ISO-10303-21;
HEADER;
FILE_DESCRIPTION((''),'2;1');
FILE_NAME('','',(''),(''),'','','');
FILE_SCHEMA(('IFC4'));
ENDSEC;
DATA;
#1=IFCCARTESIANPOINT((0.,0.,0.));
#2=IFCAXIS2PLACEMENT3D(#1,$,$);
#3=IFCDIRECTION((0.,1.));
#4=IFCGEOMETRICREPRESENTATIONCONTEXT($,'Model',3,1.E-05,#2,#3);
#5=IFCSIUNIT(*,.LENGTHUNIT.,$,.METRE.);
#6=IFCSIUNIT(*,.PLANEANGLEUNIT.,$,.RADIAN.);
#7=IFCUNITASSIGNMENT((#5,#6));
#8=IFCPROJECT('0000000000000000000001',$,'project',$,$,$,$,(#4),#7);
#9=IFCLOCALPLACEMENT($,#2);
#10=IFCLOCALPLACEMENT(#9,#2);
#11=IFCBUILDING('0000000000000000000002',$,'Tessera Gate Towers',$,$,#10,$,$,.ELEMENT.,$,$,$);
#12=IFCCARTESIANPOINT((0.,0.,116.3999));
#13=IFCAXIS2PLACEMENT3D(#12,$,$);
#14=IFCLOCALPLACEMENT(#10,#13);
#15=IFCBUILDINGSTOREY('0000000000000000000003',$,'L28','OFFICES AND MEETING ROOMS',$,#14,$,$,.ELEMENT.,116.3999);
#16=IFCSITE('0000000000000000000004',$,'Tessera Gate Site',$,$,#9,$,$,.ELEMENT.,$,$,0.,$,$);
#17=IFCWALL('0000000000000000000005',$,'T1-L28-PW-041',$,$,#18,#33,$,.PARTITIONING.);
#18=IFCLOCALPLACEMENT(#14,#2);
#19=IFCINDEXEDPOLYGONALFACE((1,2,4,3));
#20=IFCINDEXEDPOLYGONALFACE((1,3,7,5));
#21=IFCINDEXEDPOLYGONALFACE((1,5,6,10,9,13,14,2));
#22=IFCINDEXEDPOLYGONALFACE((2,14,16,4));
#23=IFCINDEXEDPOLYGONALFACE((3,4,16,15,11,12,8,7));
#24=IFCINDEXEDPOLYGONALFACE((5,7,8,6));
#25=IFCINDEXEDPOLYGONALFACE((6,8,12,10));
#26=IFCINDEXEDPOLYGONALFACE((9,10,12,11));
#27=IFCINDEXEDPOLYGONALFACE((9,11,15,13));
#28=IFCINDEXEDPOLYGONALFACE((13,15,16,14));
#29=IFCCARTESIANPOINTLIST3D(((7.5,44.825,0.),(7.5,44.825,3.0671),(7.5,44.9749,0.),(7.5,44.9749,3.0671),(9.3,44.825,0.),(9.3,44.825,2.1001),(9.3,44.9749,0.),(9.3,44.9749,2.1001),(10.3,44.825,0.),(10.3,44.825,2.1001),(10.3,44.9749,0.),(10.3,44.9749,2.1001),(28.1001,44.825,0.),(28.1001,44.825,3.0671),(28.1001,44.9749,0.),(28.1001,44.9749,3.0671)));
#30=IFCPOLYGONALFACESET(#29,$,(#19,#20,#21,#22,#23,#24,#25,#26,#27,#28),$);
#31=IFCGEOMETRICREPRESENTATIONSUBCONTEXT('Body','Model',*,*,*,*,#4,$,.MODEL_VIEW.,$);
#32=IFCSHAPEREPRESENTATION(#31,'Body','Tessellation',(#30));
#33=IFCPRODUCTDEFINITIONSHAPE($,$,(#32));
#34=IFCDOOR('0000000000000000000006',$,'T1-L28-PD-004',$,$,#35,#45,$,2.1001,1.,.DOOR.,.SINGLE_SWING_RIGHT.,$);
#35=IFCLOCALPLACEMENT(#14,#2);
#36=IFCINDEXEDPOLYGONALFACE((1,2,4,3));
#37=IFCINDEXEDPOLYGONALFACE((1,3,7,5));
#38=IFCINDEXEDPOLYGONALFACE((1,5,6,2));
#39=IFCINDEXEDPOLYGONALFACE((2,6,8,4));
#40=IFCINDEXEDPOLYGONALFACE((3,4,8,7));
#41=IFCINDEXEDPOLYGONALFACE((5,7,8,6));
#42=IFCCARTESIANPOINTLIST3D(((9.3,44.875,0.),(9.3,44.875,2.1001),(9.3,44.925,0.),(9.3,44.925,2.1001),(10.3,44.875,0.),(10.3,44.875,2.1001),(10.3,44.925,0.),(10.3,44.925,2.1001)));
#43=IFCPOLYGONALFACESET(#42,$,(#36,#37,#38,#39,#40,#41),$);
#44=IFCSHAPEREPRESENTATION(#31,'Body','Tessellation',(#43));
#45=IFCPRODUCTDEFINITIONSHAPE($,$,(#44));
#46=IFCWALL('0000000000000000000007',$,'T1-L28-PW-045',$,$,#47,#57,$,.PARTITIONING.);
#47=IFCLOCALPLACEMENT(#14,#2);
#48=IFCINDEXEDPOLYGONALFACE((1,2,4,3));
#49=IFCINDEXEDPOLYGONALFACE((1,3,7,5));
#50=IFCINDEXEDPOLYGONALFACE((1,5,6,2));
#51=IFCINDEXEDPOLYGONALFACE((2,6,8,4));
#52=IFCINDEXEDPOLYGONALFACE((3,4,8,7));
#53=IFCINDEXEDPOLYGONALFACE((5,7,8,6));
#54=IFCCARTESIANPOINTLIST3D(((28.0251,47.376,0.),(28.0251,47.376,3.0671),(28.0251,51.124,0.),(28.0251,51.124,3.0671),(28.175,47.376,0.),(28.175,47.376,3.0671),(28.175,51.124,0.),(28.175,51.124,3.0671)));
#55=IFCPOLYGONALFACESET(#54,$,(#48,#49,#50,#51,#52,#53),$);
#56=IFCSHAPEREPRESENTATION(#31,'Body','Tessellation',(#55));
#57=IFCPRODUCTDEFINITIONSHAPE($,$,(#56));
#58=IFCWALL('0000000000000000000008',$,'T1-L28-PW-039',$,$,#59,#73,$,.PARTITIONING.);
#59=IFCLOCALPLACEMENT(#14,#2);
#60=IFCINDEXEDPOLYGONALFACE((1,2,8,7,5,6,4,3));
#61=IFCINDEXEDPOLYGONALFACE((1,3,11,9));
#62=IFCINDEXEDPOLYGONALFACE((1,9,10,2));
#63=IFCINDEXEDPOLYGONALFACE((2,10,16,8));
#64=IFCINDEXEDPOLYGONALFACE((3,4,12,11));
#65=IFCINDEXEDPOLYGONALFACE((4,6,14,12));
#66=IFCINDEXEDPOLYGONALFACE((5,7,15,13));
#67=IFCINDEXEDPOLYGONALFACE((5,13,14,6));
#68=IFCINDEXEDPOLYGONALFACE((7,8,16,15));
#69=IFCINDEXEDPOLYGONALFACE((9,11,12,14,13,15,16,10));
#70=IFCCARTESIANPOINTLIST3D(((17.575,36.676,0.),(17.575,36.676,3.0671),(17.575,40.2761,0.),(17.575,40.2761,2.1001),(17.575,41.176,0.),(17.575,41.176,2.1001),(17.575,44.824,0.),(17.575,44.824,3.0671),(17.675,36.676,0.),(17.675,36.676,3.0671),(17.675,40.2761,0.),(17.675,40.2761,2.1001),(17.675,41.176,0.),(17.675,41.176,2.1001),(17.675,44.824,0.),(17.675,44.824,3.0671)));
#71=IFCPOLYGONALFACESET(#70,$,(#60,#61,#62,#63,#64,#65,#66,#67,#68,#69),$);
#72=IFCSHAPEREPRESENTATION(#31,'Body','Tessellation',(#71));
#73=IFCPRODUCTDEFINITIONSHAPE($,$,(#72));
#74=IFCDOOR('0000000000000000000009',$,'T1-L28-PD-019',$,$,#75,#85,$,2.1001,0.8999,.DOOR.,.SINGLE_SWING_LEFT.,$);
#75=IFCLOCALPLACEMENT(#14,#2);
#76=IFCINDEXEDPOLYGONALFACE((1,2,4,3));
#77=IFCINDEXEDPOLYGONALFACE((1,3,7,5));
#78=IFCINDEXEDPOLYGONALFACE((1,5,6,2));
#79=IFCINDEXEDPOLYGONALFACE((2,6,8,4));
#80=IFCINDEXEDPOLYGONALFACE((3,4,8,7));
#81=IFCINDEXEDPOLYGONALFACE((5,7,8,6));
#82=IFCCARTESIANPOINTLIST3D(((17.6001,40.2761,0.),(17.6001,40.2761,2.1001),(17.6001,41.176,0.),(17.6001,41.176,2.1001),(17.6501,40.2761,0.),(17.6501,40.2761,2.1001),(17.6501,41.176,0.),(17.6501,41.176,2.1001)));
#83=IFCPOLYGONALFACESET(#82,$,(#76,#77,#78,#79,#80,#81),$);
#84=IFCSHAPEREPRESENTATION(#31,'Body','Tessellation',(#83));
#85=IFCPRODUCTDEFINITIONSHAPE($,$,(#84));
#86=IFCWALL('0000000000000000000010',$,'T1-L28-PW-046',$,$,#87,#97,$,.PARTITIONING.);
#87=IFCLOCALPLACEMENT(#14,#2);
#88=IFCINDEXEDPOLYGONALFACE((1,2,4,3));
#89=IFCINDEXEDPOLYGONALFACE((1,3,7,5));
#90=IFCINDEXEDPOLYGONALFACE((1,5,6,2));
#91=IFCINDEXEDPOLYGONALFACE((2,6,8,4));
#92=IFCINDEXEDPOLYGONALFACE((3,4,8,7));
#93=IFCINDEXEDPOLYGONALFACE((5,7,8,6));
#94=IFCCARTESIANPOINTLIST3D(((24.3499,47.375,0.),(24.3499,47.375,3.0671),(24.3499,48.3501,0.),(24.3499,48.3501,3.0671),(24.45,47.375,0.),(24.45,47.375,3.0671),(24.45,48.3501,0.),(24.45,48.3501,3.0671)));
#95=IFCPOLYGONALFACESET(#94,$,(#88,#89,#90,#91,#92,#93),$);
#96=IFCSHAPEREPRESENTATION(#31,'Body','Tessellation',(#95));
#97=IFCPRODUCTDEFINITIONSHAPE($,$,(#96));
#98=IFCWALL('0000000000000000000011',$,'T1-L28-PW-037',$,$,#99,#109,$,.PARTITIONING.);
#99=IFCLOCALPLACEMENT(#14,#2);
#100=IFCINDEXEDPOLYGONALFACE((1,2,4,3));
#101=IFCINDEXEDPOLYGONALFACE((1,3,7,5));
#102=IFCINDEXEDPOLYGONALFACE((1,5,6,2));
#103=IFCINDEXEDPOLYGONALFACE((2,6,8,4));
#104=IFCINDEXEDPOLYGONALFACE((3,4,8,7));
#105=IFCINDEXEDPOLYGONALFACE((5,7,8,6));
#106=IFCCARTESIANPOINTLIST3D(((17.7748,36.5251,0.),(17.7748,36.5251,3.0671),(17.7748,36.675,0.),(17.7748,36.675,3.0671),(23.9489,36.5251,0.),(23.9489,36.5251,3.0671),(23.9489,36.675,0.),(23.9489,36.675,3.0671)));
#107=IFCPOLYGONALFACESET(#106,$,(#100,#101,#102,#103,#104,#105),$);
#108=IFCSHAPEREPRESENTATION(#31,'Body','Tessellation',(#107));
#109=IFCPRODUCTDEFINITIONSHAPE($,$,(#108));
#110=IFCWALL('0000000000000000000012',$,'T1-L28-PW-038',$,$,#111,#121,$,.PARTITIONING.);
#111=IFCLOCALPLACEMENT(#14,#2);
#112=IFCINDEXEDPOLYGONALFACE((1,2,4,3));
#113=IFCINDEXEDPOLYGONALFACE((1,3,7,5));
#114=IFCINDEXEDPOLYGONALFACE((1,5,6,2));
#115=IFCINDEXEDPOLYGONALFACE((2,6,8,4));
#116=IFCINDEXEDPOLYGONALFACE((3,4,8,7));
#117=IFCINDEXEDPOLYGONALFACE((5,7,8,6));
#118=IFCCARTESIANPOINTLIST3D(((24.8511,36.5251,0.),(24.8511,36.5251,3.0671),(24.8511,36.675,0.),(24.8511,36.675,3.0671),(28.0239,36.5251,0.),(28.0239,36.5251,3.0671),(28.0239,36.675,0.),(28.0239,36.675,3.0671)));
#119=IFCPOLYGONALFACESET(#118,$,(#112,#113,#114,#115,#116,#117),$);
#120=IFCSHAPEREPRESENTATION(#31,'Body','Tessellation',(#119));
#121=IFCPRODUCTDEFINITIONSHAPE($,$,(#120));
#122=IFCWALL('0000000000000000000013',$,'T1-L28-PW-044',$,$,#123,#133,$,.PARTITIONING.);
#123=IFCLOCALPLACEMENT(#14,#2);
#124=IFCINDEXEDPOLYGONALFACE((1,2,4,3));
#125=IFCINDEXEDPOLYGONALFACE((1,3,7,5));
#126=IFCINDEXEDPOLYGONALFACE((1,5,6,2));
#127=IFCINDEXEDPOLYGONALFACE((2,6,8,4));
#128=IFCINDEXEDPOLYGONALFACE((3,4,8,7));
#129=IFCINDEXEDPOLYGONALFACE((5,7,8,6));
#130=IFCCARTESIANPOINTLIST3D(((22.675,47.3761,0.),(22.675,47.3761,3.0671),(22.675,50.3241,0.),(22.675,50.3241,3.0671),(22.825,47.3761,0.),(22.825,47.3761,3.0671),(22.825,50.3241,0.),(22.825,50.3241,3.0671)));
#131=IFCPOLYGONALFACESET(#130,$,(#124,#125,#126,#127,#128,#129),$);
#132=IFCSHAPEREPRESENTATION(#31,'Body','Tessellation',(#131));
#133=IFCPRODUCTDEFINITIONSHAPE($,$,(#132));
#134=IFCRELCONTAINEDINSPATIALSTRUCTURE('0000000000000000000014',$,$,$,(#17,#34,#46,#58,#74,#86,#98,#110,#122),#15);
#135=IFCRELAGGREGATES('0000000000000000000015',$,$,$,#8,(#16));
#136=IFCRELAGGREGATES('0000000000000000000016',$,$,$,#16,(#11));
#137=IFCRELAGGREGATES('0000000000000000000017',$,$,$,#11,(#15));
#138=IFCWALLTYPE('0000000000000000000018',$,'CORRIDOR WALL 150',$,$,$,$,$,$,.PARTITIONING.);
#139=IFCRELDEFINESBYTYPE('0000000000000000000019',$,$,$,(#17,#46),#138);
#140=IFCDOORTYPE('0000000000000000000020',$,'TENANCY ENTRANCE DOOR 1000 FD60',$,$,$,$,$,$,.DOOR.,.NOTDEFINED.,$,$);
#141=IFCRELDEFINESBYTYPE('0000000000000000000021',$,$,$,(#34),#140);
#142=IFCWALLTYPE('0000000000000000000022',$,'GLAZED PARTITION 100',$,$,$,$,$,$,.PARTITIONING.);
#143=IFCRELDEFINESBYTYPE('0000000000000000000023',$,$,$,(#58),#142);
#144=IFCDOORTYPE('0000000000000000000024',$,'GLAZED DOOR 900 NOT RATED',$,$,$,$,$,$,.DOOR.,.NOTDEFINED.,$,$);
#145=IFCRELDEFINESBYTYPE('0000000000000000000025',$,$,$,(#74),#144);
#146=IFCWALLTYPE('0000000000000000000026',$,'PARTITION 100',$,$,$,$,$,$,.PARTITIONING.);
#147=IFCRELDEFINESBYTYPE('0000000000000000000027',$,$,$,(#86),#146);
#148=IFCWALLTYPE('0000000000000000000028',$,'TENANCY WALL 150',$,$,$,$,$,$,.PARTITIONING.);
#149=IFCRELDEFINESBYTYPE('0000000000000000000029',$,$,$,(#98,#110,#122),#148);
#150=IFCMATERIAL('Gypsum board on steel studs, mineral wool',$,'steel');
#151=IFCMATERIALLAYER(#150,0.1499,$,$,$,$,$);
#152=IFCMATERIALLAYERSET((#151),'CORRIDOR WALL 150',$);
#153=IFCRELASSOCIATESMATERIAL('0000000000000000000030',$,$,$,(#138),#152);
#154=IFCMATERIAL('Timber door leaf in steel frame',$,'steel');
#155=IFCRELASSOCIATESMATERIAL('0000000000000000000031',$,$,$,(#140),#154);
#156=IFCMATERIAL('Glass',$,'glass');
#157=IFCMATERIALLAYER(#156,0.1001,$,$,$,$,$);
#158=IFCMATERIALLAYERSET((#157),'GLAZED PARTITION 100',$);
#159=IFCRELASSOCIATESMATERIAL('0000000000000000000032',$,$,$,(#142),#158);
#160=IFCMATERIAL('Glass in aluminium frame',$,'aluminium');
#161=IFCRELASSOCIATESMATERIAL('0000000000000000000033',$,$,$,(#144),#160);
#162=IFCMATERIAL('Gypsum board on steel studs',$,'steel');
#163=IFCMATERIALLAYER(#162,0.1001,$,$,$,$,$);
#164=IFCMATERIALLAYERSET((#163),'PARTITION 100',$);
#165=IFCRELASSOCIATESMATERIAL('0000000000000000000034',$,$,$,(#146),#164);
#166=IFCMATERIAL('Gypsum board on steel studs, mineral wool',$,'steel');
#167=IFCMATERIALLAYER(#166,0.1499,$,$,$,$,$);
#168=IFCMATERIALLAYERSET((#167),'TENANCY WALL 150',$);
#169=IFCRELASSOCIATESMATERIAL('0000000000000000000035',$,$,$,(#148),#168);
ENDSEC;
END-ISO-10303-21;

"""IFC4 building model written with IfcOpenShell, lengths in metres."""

from ifc_helpers import new_model, si_unit, direction, frame, frame_2d, origin, place, context, subcontext, project, spatial, rectangle, extrude, source, transform, mapped, material, layer, layer_set, type_object, element, fill, save


model = new_model("IFC4")

# Units and contexts
model_context = context("Model", 3, precision=1e-05, world=origin(), true_north=direction((0.0, 1.0)))
body_context = subcontext(model_context, "Body", "Model", "MODEL_VIEW")
ifc_project = project(units=[si_unit("LENGTHUNIT", "METRE"), si_unit("PLANEANGLEUNIT", "RADIAN")], contexts=[model_context])

# Site, building, storey
site_placement = place(None, origin())
site = spatial("IfcSite", under=ifc_project, at=site_placement, Name="Tessera Gate Site", CompositionType="ELEMENT", RefElevation=0.0)
building_placement = place(site_placement, origin())
building = spatial("IfcBuilding", under=site, at=building_placement, Name="Tessera Gate Towers", CompositionType="ELEMENT")
storey_placement = place(building_placement, frame((0.0, 0.0, 116.3999)))
storey = spatial("IfcBuildingStorey", under=building, at=storey_placement, Name="L28", Description="OFFICES AND MEETING ROOMS", CompositionType="ELEMENT", Elevation=116.3999)

# Wall, opening, door
ifc_material_1 = material(Name="Gypsum board on steel studs, mineral wool", Category="steel")
ifc_layer_1 = layer(ifc_material_1, 0.1499)
ifc_layer_set_1 = layer_set([ifc_layer_1], Name="CORRIDOR WALL 150")
wall_type_1 = type_object("IfcWallType", Name="CORRIDOR WALL 150", PredefinedType="PARTITIONING", material=ifc_layer_set_1)
wall_1_placement = place(storey_placement, frame((28.1001, 44.8999, 0.0), z_axis=(0.0, 0.0, 1.0), x_axis=(-1.0, 0.0, 0.0)))
wall_1 = element("IfcWall", 1, at=wall_1_placement, inside=storey, type_object=wall_type_1, Name="T1-L28-PW-041", PredefinedType="PARTITIONING", context=body_context, shape_type="SweptSolid", body=[
    extrude(rectangle(XDim=20.6001, YDim=0.1499, at=frame_2d((10.3, 0.0))), origin(), (0.0, 0.0, 1.0), 3.0671),
])
shared_shape_1 = source(origin(), body_context, "Body", "SweptSolid", [
    extrude(rectangle(XDim=1.0, YDim=2.1001, at=frame_2d((0.5, 1.05))), frame((0.0, 0.085, 0.0), z_axis=(0.0, -1.0, 0.0), x_axis=(1.0, 0.0, 0.0)), (0.0, 0.0, 1.0), 0.1699),
])
opening_1_placement = place(wall_1_placement, frame((17.8, 0.0, 0.0)))
opening_1 = element("IfcOpeningElement", 2, at=opening_1_placement, cuts=wall_1, PredefinedType="OPENING", context=body_context, shape_type="MappedRepresentation", body=[
    mapped(shared_shape_1, transform((0.0, 0.0, 0.0), scale=1.0)),
])
ifc_material_2 = material(Name="Timber door leaf in steel frame", Category="steel")
door_type_1 = type_object("IfcDoorType", Name="TENANCY ENTRANCE DOOR 1000 FD60", OperationType="NOTDEFINED", PredefinedType="DOOR", material=ifc_material_2)
shared_shape_2 = source(origin(), body_context, "Body", "SweptSolid", [
    extrude(rectangle(XDim=1.0, YDim=2.1001, at=frame_2d((0.5, 1.05))), frame((0.0, 0.0249, 0.0), z_axis=(0.0, -1.0, 0.0), x_axis=(1.0, 0.0, 0.0)), (0.0, 0.0, 1.0), 0.05),
])
door_1_placement = place(opening_1_placement, origin())
door_1 = element("IfcDoor", 3, at=door_1_placement, inside=storey, type_object=door_type_1, Name="T1-L28-PD-004", OperationType="SINGLE_SWING_RIGHT", OverallHeight=2.1001, OverallWidth=1.0, PredefinedType="DOOR", context=body_context, shape_type="MappedRepresentation", body=[
    mapped(shared_shape_2, transform((0.0, 0.0, 0.0), scale=1.0)),
])
fill(opening_1, door_1)

# Wall
wall_2_placement = place(storey_placement, frame((28.1001, 47.376, 0.0), z_axis=(0.0, 0.0, 1.0), x_axis=(0.0, 1.0, 0.0)))
element("IfcWall", 4, at=wall_2_placement, inside=storey, type_object=wall_type_1, Name="T1-L28-PW-045", PredefinedType="PARTITIONING", context=body_context, shape_type="SweptSolid", body=[
    extrude(rectangle(XDim=3.748, YDim=0.1499, at=frame_2d((1.874, 0.0))), origin(), (0.0, 0.0, 1.0), 3.0671),
])

# Wall, opening, door
ifc_material_3 = material(Name="Glass", Category="glass")
ifc_layer_2 = layer(ifc_material_3, 0.1001)
ifc_layer_set_2 = layer_set([ifc_layer_2], Name="GLAZED PARTITION 100")
wall_type_2 = type_object("IfcWallType", Name="GLAZED PARTITION 100", PredefinedType="PARTITIONING", material=ifc_layer_set_2)
wall_3_placement = place(storey_placement, frame((17.625, 36.676, 0.0), z_axis=(0.0, 0.0, 1.0), x_axis=(0.0, 1.0, 0.0)))
wall_3 = element("IfcWall", 5, at=wall_3_placement, inside=storey, type_object=wall_type_2, Name="T1-L28-PW-039", PredefinedType="PARTITIONING", context=body_context, shape_type="SweptSolid", body=[
    extrude(rectangle(XDim=8.1479, YDim=0.1001, at=frame_2d((4.074, 0.0))), origin(), (0.0, 0.0, 1.0), 3.0671),
])
shared_shape_3 = source(origin(), body_context, "Body", "SweptSolid", [
    extrude(rectangle(XDim=0.8999, YDim=2.1001, at=frame_2d((0.45, 1.05))), frame((0.0, 0.0601, 0.0), z_axis=(0.0, -1.0, 0.0), x_axis=(1.0, 0.0, 0.0)), (0.0, 0.0, 1.0), 0.1201),
])
opening_2_placement = place(wall_3_placement, frame((3.6001, 0.0, 0.0)))
opening_2 = element("IfcOpeningElement", 6, at=opening_2_placement, cuts=wall_3, PredefinedType="OPENING", context=body_context, shape_type="MappedRepresentation", body=[
    mapped(shared_shape_3, transform((0.0, 0.0, 0.0), scale=1.0)),
])
ifc_material_4 = material(Name="Glass in aluminium frame", Category="aluminium")
door_type_2 = type_object("IfcDoorType", Name="GLAZED DOOR 900 NOT RATED", OperationType="NOTDEFINED", PredefinedType="DOOR", material=ifc_material_4)
shared_shape_4 = source(origin(), body_context, "Body", "SweptSolid", [
    extrude(rectangle(XDim=0.8999, YDim=2.1001, at=frame_2d((0.45, 1.05))), frame((0.0, 0.0249, 0.0), z_axis=(0.0, -1.0, 0.0), x_axis=(1.0, 0.0, 0.0)), (0.0, 0.0, 1.0), 0.05),
])
door_2_placement = place(opening_2_placement, origin())
door_2 = element("IfcDoor", 7, at=door_2_placement, inside=storey, type_object=door_type_2, Name="T1-L28-PD-019", OperationType="SINGLE_SWING_LEFT", OverallHeight=2.1001, OverallWidth=0.8999, PredefinedType="DOOR", context=body_context, shape_type="MappedRepresentation", body=[
    mapped(shared_shape_4, transform((0.0, 0.0, 0.0), scale=1.0)),
])
fill(opening_2, door_2)

# Walls
ifc_material_5 = material(Name="Gypsum board on steel studs", Category="steel")
ifc_layer_3 = layer(ifc_material_5, 0.1001)
ifc_layer_set_3 = layer_set([ifc_layer_3], Name="PARTITION 100")
wall_type_3 = type_object("IfcWallType", Name="PARTITION 100", PredefinedType="PARTITIONING", material=ifc_layer_set_3)
wall_4_placement = place(storey_placement, frame((24.3999, 48.3501, 0.0), z_axis=(0.0, 0.0, 1.0), x_axis=(0.0, -1.0, 0.0)))
element("IfcWall", 8, at=wall_4_placement, inside=storey, type_object=wall_type_3, Name="T1-L28-PW-046", PredefinedType="PARTITIONING", context=body_context, shape_type="SweptSolid", body=[
    extrude(rectangle(XDim=0.9751, YDim=0.1001, at=frame_2d((0.4875, 0.0))), origin(), (0.0, 0.0, 1.0), 3.0671),
])
ifc_material_6 = material(Name="Gypsum board on steel studs, mineral wool", Category="steel")
ifc_layer_4 = layer(ifc_material_6, 0.1499)
ifc_layer_set_4 = layer_set([ifc_layer_4], Name="TENANCY WALL 150")
wall_type_4 = type_object("IfcWallType", Name="TENANCY WALL 150", PredefinedType="PARTITIONING", material=ifc_layer_set_4)
wall_5_placement = place(storey_placement, frame((17.7749, 36.6001, 0.0), z_axis=(0.0, 0.0, 1.0), x_axis=(1.0, 0.0, 0.0)))
element("IfcWall", 9, at=wall_5_placement, inside=storey, type_object=wall_type_4, Name="T1-L28-PW-037", PredefinedType="PARTITIONING", context=body_context, shape_type="SweptSolid", body=[
    extrude(rectangle(XDim=6.1741, YDim=0.1499, at=frame_2d((3.0869, 0.0))), origin(), (0.0, 0.0, 1.0), 3.0671),
])
wall_6_placement = place(storey_placement, frame((24.8511, 36.6001, 0.0), z_axis=(0.0, 0.0, 1.0), x_axis=(1.0, 0.0, 0.0)))
element("IfcWall", 10, at=wall_6_placement, inside=storey, type_object=wall_type_4, Name="T1-L28-PW-038", PredefinedType="PARTITIONING", context=body_context, shape_type="SweptSolid", body=[
    extrude(rectangle(XDim=3.1729, YDim=0.1499, at=frame_2d((1.5864, 0.0))), origin(), (0.0, 0.0, 1.0), 3.0671),
])
wall_7_placement = place(storey_placement, frame((22.75, 47.376, 0.0), z_axis=(0.0, 0.0, 1.0), x_axis=(0.0, 1.0, 0.0)))
element("IfcWall", 11, at=wall_7_placement, inside=storey, type_object=wall_type_4, Name="T1-L28-PW-044", PredefinedType="PARTITIONING", context=body_context, shape_type="SweptSolid", body=[
    extrude(rectangle(XDim=2.948, YDim=0.1499, at=frame_2d((1.4741, 0.0))), origin(), (0.0, 0.0, 1.0), 3.0671),
])

save(model, "model.ifc")
